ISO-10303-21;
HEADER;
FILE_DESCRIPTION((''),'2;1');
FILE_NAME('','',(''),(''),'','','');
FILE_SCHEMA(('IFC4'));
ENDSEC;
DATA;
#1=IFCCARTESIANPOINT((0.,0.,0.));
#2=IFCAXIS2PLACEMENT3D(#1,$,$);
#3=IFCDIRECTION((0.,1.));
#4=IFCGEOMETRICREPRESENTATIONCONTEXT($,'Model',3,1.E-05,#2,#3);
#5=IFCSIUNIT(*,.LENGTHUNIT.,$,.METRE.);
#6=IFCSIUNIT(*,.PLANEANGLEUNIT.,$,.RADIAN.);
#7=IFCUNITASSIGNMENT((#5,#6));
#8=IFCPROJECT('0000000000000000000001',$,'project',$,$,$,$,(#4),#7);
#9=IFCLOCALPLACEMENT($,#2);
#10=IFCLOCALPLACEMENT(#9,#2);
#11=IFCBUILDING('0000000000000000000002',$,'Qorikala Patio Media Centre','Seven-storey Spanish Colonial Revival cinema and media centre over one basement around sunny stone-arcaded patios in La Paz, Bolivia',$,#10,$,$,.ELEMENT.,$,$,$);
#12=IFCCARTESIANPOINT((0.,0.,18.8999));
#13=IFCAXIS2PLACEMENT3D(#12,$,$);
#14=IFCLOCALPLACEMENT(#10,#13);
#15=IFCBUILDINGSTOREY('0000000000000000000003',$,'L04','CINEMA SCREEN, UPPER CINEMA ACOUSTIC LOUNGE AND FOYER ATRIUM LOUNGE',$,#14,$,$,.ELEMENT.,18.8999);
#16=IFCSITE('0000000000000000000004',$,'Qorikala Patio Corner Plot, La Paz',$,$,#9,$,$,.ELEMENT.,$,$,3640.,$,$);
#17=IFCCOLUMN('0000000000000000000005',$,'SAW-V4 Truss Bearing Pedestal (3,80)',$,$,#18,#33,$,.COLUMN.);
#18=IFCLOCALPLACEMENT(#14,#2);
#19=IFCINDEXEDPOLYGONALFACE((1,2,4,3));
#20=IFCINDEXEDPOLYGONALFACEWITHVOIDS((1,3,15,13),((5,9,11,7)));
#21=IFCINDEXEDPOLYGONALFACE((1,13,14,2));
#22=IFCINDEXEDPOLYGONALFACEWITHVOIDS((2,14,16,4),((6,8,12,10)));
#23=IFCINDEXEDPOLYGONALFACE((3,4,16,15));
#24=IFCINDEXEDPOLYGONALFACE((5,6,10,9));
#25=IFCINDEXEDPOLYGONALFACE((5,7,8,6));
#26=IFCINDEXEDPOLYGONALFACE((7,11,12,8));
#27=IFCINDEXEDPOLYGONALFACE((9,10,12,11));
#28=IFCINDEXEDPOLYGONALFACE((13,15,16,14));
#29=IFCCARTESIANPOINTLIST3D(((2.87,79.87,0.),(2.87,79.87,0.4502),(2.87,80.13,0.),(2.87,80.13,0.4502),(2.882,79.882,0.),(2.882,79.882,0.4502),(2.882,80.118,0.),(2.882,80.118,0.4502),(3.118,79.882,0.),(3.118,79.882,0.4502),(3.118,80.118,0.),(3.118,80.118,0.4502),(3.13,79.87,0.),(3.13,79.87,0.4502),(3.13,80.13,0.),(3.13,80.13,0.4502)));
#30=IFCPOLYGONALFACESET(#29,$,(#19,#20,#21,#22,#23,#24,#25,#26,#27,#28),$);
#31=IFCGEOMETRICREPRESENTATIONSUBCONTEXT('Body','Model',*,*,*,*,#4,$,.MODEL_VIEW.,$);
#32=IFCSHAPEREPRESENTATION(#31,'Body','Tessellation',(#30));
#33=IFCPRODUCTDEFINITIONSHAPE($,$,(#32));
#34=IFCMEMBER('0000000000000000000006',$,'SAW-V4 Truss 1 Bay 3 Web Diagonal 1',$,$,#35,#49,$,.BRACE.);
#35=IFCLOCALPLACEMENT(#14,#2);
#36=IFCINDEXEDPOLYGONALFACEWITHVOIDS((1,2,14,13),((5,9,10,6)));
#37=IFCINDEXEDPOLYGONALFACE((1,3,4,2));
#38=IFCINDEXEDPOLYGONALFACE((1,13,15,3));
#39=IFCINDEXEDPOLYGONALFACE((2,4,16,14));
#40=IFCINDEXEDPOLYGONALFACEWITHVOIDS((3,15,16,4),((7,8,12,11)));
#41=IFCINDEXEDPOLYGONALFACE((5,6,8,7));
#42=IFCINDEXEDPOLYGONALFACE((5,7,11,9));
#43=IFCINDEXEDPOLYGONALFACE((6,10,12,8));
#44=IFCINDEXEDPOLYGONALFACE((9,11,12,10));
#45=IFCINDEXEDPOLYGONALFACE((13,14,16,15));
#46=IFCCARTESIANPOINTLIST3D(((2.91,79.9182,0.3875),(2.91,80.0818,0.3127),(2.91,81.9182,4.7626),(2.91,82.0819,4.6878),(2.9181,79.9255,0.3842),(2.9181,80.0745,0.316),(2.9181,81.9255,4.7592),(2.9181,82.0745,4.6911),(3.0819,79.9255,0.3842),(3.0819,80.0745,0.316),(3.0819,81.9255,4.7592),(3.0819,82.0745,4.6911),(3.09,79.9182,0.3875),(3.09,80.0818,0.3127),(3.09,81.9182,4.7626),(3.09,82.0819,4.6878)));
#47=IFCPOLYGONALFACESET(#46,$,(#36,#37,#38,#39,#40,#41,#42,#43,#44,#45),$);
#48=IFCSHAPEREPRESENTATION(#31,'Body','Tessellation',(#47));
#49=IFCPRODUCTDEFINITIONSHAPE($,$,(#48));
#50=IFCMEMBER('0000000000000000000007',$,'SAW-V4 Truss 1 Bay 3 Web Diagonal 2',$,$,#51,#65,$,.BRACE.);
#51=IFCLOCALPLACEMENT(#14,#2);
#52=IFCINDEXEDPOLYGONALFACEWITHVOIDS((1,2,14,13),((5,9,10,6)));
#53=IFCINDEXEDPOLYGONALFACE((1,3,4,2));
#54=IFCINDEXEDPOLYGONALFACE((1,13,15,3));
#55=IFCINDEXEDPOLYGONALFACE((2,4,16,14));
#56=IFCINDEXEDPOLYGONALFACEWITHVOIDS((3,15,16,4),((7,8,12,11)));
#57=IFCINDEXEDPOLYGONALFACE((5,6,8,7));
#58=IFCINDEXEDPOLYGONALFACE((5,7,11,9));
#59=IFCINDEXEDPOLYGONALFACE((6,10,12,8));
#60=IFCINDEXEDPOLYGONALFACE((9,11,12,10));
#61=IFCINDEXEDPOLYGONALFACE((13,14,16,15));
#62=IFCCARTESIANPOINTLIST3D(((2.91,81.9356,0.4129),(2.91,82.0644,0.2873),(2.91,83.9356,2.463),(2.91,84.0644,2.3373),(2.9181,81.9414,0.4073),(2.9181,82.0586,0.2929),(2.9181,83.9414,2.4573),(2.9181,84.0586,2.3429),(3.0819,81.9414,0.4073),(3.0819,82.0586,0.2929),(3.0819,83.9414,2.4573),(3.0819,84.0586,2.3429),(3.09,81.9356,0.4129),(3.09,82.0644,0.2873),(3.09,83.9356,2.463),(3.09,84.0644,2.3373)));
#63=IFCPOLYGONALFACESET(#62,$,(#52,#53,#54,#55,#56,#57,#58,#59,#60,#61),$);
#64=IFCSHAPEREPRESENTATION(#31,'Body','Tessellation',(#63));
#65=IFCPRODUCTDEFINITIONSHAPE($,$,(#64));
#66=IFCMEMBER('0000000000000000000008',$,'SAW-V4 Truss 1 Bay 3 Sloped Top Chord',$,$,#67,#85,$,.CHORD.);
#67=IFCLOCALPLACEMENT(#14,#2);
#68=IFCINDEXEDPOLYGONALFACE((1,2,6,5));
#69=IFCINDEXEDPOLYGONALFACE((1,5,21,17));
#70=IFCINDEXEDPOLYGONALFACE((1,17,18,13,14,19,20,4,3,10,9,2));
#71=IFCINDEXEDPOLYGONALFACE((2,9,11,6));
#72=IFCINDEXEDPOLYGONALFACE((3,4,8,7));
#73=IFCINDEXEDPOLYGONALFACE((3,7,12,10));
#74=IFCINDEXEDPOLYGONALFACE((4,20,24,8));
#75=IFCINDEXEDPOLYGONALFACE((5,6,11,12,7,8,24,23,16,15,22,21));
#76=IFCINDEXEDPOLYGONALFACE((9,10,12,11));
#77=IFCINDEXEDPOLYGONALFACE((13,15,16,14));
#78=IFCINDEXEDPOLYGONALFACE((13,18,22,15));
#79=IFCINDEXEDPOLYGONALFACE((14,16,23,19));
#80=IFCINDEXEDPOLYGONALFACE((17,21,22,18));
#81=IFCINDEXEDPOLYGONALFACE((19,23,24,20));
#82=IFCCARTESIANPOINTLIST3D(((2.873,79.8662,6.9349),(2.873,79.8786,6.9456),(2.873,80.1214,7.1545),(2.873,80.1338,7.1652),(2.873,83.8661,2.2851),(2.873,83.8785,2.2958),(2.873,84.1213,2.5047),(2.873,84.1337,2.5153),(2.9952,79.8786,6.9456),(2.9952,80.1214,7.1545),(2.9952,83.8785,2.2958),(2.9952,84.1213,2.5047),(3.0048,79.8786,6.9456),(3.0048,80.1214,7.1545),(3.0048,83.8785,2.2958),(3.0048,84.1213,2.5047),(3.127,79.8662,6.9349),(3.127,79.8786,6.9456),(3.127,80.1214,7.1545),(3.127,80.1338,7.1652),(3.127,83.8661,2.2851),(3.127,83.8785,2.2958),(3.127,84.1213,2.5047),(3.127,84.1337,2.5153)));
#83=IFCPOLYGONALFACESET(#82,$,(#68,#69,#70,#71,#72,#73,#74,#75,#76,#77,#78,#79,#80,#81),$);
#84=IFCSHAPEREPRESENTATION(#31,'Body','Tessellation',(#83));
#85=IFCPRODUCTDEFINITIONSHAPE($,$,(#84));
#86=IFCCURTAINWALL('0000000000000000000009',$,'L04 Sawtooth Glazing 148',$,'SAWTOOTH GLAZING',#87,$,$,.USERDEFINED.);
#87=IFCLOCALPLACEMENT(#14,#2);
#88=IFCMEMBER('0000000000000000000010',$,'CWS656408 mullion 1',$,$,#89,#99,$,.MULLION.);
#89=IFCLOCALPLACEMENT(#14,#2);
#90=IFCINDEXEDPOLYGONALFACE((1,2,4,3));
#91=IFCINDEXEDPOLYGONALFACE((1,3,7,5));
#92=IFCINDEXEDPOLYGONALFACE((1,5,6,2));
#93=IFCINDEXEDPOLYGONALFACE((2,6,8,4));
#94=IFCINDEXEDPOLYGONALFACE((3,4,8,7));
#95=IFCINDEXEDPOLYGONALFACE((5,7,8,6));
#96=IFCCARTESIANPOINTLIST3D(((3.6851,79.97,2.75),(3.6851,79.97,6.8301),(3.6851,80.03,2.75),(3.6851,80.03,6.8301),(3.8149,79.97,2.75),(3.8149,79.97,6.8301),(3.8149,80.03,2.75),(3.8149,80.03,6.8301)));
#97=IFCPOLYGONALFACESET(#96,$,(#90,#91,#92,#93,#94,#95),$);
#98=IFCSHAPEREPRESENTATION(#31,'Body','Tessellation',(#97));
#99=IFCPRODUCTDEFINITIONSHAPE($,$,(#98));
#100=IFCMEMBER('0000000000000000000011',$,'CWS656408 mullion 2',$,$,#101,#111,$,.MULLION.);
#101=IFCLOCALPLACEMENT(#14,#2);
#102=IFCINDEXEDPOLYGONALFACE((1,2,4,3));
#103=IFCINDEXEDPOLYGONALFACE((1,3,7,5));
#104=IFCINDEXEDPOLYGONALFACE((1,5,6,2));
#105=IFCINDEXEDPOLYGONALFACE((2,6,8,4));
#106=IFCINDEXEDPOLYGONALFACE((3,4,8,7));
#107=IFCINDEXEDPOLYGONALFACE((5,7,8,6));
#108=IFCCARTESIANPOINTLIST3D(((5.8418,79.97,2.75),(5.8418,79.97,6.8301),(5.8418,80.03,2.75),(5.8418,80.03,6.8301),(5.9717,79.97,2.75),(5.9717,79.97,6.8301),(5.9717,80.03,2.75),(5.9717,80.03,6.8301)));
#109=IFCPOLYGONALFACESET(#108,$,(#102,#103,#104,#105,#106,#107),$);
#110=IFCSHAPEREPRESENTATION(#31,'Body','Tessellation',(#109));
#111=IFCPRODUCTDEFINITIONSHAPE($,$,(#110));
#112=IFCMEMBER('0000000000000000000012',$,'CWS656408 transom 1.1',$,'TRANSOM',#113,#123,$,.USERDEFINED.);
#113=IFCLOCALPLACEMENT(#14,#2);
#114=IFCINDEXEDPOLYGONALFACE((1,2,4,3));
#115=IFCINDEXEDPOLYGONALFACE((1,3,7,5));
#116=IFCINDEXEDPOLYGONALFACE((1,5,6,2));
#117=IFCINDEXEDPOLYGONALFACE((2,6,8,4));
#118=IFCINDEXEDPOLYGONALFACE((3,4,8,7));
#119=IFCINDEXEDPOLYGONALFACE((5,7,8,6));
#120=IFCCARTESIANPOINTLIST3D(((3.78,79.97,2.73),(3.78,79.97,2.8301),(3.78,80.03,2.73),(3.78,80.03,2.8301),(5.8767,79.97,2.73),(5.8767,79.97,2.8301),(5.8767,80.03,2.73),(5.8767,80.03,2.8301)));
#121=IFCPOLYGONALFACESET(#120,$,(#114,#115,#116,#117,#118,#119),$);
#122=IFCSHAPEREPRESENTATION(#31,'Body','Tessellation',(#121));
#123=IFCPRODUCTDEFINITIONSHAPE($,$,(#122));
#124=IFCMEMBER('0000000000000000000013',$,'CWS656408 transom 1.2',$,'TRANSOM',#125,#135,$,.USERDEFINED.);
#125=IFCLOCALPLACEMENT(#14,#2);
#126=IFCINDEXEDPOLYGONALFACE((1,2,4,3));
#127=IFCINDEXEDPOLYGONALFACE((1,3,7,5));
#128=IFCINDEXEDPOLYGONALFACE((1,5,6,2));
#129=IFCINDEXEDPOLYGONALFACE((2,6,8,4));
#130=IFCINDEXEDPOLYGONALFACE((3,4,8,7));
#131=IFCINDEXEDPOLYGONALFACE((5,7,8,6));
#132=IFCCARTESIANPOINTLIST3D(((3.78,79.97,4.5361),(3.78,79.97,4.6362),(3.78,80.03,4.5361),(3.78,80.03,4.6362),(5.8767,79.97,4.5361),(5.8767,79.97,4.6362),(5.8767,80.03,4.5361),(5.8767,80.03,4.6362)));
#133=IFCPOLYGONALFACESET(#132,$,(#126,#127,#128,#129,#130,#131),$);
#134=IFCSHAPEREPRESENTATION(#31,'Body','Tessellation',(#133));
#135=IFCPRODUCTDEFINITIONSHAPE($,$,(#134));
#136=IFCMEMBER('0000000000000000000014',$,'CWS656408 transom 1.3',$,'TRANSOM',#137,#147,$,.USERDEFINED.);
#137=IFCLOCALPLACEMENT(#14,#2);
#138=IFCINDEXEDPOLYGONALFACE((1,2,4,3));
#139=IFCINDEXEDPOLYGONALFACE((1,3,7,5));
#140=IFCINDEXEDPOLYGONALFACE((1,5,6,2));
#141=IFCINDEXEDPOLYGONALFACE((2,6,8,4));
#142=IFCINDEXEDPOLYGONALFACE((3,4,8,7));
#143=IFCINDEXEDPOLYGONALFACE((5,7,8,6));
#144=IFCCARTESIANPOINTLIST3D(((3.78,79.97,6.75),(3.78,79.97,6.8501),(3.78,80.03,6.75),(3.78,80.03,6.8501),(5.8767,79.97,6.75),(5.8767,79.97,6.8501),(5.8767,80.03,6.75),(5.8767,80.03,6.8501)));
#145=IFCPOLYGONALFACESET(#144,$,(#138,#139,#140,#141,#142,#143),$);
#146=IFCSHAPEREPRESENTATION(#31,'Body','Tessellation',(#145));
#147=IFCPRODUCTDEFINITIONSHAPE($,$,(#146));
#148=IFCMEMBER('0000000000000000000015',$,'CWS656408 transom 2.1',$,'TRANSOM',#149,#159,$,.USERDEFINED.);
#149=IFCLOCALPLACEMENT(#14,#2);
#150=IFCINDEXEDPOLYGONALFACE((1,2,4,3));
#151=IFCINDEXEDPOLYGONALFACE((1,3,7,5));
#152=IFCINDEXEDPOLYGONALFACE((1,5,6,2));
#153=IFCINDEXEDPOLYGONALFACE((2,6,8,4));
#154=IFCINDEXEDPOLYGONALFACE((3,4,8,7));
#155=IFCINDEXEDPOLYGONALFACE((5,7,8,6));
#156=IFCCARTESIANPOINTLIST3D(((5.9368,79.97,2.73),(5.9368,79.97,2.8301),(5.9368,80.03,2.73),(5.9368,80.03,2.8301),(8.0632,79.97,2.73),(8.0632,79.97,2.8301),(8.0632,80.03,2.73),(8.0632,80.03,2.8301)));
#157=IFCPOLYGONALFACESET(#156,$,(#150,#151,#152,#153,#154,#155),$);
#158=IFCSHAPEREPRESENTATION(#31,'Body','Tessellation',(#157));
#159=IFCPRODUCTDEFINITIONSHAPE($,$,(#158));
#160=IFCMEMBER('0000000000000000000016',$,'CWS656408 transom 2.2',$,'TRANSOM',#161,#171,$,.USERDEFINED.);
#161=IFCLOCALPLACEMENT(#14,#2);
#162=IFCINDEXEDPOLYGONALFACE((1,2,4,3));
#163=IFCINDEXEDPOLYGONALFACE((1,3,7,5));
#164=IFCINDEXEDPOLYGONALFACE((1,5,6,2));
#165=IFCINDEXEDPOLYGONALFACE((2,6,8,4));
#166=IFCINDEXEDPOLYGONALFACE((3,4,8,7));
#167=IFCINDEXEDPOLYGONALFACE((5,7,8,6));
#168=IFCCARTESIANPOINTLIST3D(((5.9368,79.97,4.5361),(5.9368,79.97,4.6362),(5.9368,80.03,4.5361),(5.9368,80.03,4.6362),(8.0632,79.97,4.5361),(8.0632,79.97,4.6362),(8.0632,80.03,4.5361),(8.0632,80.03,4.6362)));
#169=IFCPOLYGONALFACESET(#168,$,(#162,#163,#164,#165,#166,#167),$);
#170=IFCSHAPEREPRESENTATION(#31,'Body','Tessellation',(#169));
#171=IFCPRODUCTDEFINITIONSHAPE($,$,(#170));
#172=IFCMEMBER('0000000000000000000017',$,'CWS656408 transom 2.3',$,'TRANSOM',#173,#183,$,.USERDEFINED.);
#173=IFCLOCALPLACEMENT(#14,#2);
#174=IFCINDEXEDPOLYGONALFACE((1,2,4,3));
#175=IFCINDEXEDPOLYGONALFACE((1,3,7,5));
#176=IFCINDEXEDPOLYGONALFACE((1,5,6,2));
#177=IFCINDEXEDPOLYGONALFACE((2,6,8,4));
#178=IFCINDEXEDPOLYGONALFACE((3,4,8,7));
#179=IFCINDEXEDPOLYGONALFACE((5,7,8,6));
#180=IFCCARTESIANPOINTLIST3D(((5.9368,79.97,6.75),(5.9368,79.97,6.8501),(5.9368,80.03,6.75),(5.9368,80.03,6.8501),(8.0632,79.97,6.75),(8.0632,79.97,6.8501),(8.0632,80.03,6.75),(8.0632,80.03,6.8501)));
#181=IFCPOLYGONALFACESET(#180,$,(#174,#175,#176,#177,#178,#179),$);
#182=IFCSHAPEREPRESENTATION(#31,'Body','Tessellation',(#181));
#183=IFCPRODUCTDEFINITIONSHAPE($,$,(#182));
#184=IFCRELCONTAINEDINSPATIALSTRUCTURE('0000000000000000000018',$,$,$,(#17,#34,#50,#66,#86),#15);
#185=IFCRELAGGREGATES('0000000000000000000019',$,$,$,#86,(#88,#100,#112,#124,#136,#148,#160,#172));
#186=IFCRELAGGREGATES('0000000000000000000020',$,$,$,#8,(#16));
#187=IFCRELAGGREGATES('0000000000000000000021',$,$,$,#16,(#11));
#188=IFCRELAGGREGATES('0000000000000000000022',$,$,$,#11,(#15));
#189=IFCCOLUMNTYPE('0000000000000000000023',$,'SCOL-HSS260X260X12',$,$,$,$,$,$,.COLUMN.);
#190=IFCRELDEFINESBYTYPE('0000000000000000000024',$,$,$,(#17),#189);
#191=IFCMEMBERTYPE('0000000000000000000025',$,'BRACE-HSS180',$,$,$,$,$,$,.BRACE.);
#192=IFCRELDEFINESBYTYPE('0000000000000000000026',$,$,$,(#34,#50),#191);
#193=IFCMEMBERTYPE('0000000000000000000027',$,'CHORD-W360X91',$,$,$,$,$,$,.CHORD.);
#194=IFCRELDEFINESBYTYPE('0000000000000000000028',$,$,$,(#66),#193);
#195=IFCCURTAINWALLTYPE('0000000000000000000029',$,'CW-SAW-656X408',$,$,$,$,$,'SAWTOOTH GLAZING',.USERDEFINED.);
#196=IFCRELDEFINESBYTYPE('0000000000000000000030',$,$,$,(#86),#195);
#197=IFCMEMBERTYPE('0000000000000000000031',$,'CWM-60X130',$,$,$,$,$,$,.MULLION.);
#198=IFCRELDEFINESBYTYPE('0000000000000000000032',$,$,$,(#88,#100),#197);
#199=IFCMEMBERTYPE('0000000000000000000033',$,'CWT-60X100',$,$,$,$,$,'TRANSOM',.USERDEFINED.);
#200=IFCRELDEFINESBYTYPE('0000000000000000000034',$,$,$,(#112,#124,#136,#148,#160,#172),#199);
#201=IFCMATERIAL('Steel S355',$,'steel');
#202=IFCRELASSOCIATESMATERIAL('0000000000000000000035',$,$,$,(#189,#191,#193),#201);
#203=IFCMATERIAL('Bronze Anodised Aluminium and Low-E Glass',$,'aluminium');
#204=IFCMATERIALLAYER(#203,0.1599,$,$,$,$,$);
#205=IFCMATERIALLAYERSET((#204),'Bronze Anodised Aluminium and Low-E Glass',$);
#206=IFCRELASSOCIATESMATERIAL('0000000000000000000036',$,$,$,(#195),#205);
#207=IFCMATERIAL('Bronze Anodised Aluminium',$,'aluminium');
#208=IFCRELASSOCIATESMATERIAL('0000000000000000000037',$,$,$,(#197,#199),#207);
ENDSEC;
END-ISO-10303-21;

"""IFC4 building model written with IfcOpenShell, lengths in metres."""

from ifc_helpers import new_model, si_unit, direction, frame, origin, origin_2d, place, context, subcontext, project, spatial, rectangle, hollow_rectangle, i_section, extrude, material, layer, layer_set, material_profile, profile_set, type_object, element, aggregate, save


model = new_model("IFC4")

# Units and contexts
model_context = context("Model", 3, precision=1e-05, world=origin(), true_north=direction((0.0, 1.0)))
body_context = subcontext(model_context, "Body", "Model", "MODEL_VIEW")
ifc_project = project(units=[si_unit("LENGTHUNIT", "METRE"), si_unit("PLANEANGLEUNIT", "RADIAN")], contexts=[model_context])

# Site, building, storey
site_placement = place(None, origin())
site = spatial("IfcSite", under=ifc_project, at=site_placement, Name="Qorikala Patio Corner Plot, La Paz", CompositionType="ELEMENT", RefElevation=3640.0)
building_placement = place(site_placement, origin())
building = spatial("IfcBuilding", under=site, at=building_placement, Name="Qorikala Patio Media Centre", Description="Seven-storey Spanish Colonial Revival cinema and media centre over one basement around sunny stone-arcaded patios in La Paz, Bolivia", CompositionType="ELEMENT")
storey_placement = place(building_placement, frame((0.0, 0.0, 18.8999)))
storey = spatial("IfcBuildingStorey", under=building, at=storey_placement, Name="L04", Description="CINEMA SCREEN, UPPER CINEMA ACOUSTIC LOUNGE AND FOYER ATRIUM LOUNGE", CompositionType="ELEMENT", Elevation=18.8999)

# Column
ifc_material_1 = material(Name="Steel S355", Category="steel")
ifc_material_profile_1 = material_profile(ifc_material_1, hollow_rectangle(XDim=0.26, YDim=0.26, WallThickness=0.012, at=origin_2d()), Name="HSS260X260X12")
ifc_profile_set_1 = profile_set([ifc_material_profile_1], Name="Steel S355")
column_type = type_object("IfcColumnType", Name="SCOL-HSS260X260X12", PredefinedType="COLUMN", material=ifc_profile_set_1)
column_placement = place(storey_placement, frame((3.0, 80.0, 0.0), z_axis=(0.0, 0.0, 1.0), x_axis=(1.0, 0.0, 0.0)))
element("IfcColumn", 1, at=column_placement, inside=storey, type_object=column_type, Name="SAW-V4 Truss Bearing Pedestal (3,80)", PredefinedType="COLUMN", context=body_context, shape_type="SweptSolid", body=[
    extrude(hollow_rectangle(XDim=0.26, YDim=0.26, WallThickness=0.012, at=origin_2d()), origin(), (0.0, 0.0, 1.0), 0.4502),
])

# Members
ifc_material_profile_2 = material_profile(ifc_material_1, hollow_rectangle(XDim=0.1799, YDim=0.1799, WallThickness=0.0081, at=origin_2d()), Name="HSS180X180X8")
ifc_profile_set_2 = profile_set([ifc_material_profile_2], Name="Steel S355")
member_type_1 = type_object("IfcMemberType", Name="BRACE-HSS180", PredefinedType="BRACE", material=ifc_profile_set_2)
member_1_placement = place(storey_placement, frame((3.0, 80.0, 0.3501), z_axis=(0.0, 0.41576, 0.909474), x_axis=(-1.0, 0.0, 0.0)))
element("IfcMember", 2, at=member_1_placement, inside=storey, type_object=member_type_1, Name="SAW-V4 Truss 1 Bay 3 Web Diagonal 1", PredefinedType="BRACE", context=body_context, shape_type="SweptSolid", body=[
    extrude(hollow_rectangle(XDim=0.1799, YDim=0.1799, WallThickness=0.0081, at=origin_2d()), origin(), (0.0, 0.0, 1.0), 4.8105),
])
member_2_placement = place(storey_placement, frame((3.0, 82.0, 0.3501), z_axis=(0.0, 0.698315, 0.71579), x_axis=(-1.0, 0.0, 0.0)))
element("IfcMember", 3, at=member_2_placement, inside=storey, type_object=member_type_1, Name="SAW-V4 Truss 1 Bay 3 Web Diagonal 2", PredefinedType="BRACE", context=body_context, shape_type="SweptSolid", body=[
    extrude(hollow_rectangle(XDim=0.1799, YDim=0.1799, WallThickness=0.0081, at=origin_2d()), origin(), (0.0, 0.0, 1.0), 2.864),
])
ifc_material_profile_3 = material_profile(ifc_material_1, i_section(OverallWidth=0.2539, OverallDepth=0.353, WebThickness=0.0095, FlangeThickness=0.0164, at=origin_2d()), Name="W360X91")
ifc_profile_set_3 = profile_set([ifc_material_profile_3], Name="Steel S355")
member_type_2 = type_object("IfcMemberType", Name="CHORD-W360X91", PredefinedType="CHORD", material=ifc_profile_set_3)
member_3_placement = place(storey_placement, frame((3.0, 80.0, 7.05), z_axis=(0.0, 0.652141, -0.758098), x_axis=(-1.0, 0.0, 0.0)))
element("IfcMember", 4, at=member_3_placement, inside=storey, type_object=member_type_2, Name="SAW-V4 Truss 1 Bay 3 Sloped Top Chord", PredefinedType="CHORD", context=body_context, shape_type="SweptSolid", body=[
    extrude(i_section(OverallWidth=0.2539, OverallDepth=0.353, WebThickness=0.0095, FlangeThickness=0.0164, at=origin_2d()), origin(), (0.0, 0.0, 1.0), 6.1335),
])

# Curtain wall, members
ifc_material_2 = material(Name="Bronze Anodised Aluminium and Low-E Glass", Category="aluminium")
ifc_layer_1 = layer(ifc_material_2, 0.1599)
ifc_layer_set_1 = layer_set([ifc_layer_1], Name="Bronze Anodised Aluminium and Low-E Glass")
curtain_wall_type = type_object("IfcCurtainWallType", Name="CW-SAW-656X408", ElementType="SAWTOOTH GLAZING", PredefinedType="USERDEFINED", material=ifc_layer_set_1)
curtain_wall_placement = place(storey_placement, origin())
curtain_wall = element("IfcCurtainWall", 5, at=curtain_wall_placement, inside=storey, type_object=curtain_wall_type, Name="L04 Sawtooth Glazing 148", ObjectType="SAWTOOTH GLAZING", PredefinedType="USERDEFINED")
ifc_material_3 = material(Name="Bronze Anodised Aluminium", Category="aluminium")
ifc_material_profile_4 = material_profile(ifc_material_3, rectangle(XDim=0.0601, YDim=0.1299, at=origin_2d()), Name="ALU MULLION 60x130")
ifc_profile_set_4 = profile_set([ifc_material_profile_4], Name="Bronze Anodised Aluminium")
member_type_3 = type_object("IfcMemberType", Name="CWM-60X130", PredefinedType="MULLION", material=ifc_profile_set_4)
member_4_placement = place(storey_placement, frame((3.75, 80.0, 2.75), z_axis=(0.0, 0.0, 1.0), x_axis=(0.0, 1.0, 0.0)))
member_4 = element("IfcMember", 6, at=member_4_placement, type_object=member_type_3, Name="CWS656408 mullion 1", PredefinedType="MULLION", context=body_context, shape_type="SweptSolid", body=[
    extrude(rectangle(XDim=0.0601, YDim=0.1299, at=origin_2d()), origin(), (0.0, 0.0, 1.0), 4.0801),
])
member_5_placement = place(storey_placement, frame((5.9067, 80.0, 2.75), z_axis=(0.0, 0.0, 1.0), x_axis=(0.0, 1.0, 0.0)))
member_5 = element("IfcMember", 7, at=member_5_placement, type_object=member_type_3, Name="CWS656408 mullion 2", PredefinedType="MULLION", context=body_context, shape_type="SweptSolid", body=[
    extrude(rectangle(XDim=0.0601, YDim=0.1299, at=origin_2d()), origin(), (0.0, 0.0, 1.0), 4.0801),
])
ifc_material_profile_5 = material_profile(ifc_material_3, rectangle(XDim=0.0601, YDim=0.1001, at=origin_2d()), Name="ALU TRANSOM 60x100")
ifc_profile_set_5 = profile_set([ifc_material_profile_5], Name="Bronze Anodised Aluminium")
member_type_4 = type_object("IfcMemberType", Name="CWT-60X100", ElementType="TRANSOM", PredefinedType="USERDEFINED", material=ifc_profile_set_5)
member_6_placement = place(storey_placement, frame((3.78, 80.0, 2.78), z_axis=(1.0, 0.0, 0.0), x_axis=(0.0, 1.0, 0.0)))
member_6 = element("IfcMember", 8, at=member_6_placement, type_object=member_type_4, Name="CWS656408 transom 1.1", ObjectType="TRANSOM", PredefinedType="USERDEFINED", context=body_context, shape_type="SweptSolid", body=[
    extrude(rectangle(XDim=0.0601, YDim=0.1001, at=origin_2d()), origin(), (0.0, 0.0, 1.0), 2.0967),
])
member_7_placement = place(storey_placement, frame((3.78, 80.0, 4.5862), z_axis=(1.0, 0.0, 0.0), x_axis=(0.0, 1.0, 0.0)))
member_7 = element("IfcMember", 9, at=member_7_placement, type_object=member_type_4, Name="CWS656408 transom 1.2", ObjectType="TRANSOM", PredefinedType="USERDEFINED", context=body_context, shape_type="SweptSolid", body=[
    extrude(rectangle(XDim=0.0601, YDim=0.1001, at=origin_2d()), origin(), (0.0, 0.0, 1.0), 2.0967),
])
member_8_placement = place(storey_placement, frame((3.78, 80.0, 6.8), z_axis=(1.0, 0.0, 0.0), x_axis=(0.0, 1.0, 0.0)))
member_8 = element("IfcMember", 10, at=member_8_placement, type_object=member_type_4, Name="CWS656408 transom 1.3", ObjectType="TRANSOM", PredefinedType="USERDEFINED", context=body_context, shape_type="SweptSolid", body=[
    extrude(rectangle(XDim=0.0601, YDim=0.1001, at=origin_2d()), origin(), (0.0, 0.0, 1.0), 2.0967),
])
member_9_placement = place(storey_placement, frame((5.9368, 80.0, 2.78), z_axis=(1.0, 0.0, 0.0), x_axis=(0.0, 1.0, 0.0)))
member_9 = element("IfcMember", 11, at=member_9_placement, type_object=member_type_4, Name="CWS656408 transom 2.1", ObjectType="TRANSOM", PredefinedType="USERDEFINED", context=body_context, shape_type="SweptSolid", body=[
    extrude(rectangle(XDim=0.0601, YDim=0.1001, at=origin_2d()), origin(), (0.0, 0.0, 1.0), 2.1265),
])
member_10_placement = place(storey_placement, frame((5.9368, 80.0, 4.5862), z_axis=(1.0, 0.0, 0.0), x_axis=(0.0, 1.0, 0.0)))
member_10 = element("IfcMember", 12, at=member_10_placement, type_object=member_type_4, Name="CWS656408 transom 2.2", ObjectType="TRANSOM", PredefinedType="USERDEFINED", context=body_context, shape_type="SweptSolid", body=[
    extrude(rectangle(XDim=0.0601, YDim=0.1001, at=origin_2d()), origin(), (0.0, 0.0, 1.0), 2.1265),
])
member_11_placement = place(storey_placement, frame((5.9368, 80.0, 6.8), z_axis=(1.0, 0.0, 0.0), x_axis=(0.0, 1.0, 0.0)))
member_11 = element("IfcMember", 13, at=member_11_placement, type_object=member_type_4, Name="CWS656408 transom 2.3", ObjectType="TRANSOM", PredefinedType="USERDEFINED", context=body_context, shape_type="SweptSolid", body=[
    extrude(rectangle(XDim=0.0601, YDim=0.1001, at=origin_2d()), origin(), (0.0, 0.0, 1.0), 2.1265),
])

aggregate(curtain_wall, [member_4, member_5, member_6, member_7, member_8, member_9, member_10, member_11])

save(model, "model.ifc")
